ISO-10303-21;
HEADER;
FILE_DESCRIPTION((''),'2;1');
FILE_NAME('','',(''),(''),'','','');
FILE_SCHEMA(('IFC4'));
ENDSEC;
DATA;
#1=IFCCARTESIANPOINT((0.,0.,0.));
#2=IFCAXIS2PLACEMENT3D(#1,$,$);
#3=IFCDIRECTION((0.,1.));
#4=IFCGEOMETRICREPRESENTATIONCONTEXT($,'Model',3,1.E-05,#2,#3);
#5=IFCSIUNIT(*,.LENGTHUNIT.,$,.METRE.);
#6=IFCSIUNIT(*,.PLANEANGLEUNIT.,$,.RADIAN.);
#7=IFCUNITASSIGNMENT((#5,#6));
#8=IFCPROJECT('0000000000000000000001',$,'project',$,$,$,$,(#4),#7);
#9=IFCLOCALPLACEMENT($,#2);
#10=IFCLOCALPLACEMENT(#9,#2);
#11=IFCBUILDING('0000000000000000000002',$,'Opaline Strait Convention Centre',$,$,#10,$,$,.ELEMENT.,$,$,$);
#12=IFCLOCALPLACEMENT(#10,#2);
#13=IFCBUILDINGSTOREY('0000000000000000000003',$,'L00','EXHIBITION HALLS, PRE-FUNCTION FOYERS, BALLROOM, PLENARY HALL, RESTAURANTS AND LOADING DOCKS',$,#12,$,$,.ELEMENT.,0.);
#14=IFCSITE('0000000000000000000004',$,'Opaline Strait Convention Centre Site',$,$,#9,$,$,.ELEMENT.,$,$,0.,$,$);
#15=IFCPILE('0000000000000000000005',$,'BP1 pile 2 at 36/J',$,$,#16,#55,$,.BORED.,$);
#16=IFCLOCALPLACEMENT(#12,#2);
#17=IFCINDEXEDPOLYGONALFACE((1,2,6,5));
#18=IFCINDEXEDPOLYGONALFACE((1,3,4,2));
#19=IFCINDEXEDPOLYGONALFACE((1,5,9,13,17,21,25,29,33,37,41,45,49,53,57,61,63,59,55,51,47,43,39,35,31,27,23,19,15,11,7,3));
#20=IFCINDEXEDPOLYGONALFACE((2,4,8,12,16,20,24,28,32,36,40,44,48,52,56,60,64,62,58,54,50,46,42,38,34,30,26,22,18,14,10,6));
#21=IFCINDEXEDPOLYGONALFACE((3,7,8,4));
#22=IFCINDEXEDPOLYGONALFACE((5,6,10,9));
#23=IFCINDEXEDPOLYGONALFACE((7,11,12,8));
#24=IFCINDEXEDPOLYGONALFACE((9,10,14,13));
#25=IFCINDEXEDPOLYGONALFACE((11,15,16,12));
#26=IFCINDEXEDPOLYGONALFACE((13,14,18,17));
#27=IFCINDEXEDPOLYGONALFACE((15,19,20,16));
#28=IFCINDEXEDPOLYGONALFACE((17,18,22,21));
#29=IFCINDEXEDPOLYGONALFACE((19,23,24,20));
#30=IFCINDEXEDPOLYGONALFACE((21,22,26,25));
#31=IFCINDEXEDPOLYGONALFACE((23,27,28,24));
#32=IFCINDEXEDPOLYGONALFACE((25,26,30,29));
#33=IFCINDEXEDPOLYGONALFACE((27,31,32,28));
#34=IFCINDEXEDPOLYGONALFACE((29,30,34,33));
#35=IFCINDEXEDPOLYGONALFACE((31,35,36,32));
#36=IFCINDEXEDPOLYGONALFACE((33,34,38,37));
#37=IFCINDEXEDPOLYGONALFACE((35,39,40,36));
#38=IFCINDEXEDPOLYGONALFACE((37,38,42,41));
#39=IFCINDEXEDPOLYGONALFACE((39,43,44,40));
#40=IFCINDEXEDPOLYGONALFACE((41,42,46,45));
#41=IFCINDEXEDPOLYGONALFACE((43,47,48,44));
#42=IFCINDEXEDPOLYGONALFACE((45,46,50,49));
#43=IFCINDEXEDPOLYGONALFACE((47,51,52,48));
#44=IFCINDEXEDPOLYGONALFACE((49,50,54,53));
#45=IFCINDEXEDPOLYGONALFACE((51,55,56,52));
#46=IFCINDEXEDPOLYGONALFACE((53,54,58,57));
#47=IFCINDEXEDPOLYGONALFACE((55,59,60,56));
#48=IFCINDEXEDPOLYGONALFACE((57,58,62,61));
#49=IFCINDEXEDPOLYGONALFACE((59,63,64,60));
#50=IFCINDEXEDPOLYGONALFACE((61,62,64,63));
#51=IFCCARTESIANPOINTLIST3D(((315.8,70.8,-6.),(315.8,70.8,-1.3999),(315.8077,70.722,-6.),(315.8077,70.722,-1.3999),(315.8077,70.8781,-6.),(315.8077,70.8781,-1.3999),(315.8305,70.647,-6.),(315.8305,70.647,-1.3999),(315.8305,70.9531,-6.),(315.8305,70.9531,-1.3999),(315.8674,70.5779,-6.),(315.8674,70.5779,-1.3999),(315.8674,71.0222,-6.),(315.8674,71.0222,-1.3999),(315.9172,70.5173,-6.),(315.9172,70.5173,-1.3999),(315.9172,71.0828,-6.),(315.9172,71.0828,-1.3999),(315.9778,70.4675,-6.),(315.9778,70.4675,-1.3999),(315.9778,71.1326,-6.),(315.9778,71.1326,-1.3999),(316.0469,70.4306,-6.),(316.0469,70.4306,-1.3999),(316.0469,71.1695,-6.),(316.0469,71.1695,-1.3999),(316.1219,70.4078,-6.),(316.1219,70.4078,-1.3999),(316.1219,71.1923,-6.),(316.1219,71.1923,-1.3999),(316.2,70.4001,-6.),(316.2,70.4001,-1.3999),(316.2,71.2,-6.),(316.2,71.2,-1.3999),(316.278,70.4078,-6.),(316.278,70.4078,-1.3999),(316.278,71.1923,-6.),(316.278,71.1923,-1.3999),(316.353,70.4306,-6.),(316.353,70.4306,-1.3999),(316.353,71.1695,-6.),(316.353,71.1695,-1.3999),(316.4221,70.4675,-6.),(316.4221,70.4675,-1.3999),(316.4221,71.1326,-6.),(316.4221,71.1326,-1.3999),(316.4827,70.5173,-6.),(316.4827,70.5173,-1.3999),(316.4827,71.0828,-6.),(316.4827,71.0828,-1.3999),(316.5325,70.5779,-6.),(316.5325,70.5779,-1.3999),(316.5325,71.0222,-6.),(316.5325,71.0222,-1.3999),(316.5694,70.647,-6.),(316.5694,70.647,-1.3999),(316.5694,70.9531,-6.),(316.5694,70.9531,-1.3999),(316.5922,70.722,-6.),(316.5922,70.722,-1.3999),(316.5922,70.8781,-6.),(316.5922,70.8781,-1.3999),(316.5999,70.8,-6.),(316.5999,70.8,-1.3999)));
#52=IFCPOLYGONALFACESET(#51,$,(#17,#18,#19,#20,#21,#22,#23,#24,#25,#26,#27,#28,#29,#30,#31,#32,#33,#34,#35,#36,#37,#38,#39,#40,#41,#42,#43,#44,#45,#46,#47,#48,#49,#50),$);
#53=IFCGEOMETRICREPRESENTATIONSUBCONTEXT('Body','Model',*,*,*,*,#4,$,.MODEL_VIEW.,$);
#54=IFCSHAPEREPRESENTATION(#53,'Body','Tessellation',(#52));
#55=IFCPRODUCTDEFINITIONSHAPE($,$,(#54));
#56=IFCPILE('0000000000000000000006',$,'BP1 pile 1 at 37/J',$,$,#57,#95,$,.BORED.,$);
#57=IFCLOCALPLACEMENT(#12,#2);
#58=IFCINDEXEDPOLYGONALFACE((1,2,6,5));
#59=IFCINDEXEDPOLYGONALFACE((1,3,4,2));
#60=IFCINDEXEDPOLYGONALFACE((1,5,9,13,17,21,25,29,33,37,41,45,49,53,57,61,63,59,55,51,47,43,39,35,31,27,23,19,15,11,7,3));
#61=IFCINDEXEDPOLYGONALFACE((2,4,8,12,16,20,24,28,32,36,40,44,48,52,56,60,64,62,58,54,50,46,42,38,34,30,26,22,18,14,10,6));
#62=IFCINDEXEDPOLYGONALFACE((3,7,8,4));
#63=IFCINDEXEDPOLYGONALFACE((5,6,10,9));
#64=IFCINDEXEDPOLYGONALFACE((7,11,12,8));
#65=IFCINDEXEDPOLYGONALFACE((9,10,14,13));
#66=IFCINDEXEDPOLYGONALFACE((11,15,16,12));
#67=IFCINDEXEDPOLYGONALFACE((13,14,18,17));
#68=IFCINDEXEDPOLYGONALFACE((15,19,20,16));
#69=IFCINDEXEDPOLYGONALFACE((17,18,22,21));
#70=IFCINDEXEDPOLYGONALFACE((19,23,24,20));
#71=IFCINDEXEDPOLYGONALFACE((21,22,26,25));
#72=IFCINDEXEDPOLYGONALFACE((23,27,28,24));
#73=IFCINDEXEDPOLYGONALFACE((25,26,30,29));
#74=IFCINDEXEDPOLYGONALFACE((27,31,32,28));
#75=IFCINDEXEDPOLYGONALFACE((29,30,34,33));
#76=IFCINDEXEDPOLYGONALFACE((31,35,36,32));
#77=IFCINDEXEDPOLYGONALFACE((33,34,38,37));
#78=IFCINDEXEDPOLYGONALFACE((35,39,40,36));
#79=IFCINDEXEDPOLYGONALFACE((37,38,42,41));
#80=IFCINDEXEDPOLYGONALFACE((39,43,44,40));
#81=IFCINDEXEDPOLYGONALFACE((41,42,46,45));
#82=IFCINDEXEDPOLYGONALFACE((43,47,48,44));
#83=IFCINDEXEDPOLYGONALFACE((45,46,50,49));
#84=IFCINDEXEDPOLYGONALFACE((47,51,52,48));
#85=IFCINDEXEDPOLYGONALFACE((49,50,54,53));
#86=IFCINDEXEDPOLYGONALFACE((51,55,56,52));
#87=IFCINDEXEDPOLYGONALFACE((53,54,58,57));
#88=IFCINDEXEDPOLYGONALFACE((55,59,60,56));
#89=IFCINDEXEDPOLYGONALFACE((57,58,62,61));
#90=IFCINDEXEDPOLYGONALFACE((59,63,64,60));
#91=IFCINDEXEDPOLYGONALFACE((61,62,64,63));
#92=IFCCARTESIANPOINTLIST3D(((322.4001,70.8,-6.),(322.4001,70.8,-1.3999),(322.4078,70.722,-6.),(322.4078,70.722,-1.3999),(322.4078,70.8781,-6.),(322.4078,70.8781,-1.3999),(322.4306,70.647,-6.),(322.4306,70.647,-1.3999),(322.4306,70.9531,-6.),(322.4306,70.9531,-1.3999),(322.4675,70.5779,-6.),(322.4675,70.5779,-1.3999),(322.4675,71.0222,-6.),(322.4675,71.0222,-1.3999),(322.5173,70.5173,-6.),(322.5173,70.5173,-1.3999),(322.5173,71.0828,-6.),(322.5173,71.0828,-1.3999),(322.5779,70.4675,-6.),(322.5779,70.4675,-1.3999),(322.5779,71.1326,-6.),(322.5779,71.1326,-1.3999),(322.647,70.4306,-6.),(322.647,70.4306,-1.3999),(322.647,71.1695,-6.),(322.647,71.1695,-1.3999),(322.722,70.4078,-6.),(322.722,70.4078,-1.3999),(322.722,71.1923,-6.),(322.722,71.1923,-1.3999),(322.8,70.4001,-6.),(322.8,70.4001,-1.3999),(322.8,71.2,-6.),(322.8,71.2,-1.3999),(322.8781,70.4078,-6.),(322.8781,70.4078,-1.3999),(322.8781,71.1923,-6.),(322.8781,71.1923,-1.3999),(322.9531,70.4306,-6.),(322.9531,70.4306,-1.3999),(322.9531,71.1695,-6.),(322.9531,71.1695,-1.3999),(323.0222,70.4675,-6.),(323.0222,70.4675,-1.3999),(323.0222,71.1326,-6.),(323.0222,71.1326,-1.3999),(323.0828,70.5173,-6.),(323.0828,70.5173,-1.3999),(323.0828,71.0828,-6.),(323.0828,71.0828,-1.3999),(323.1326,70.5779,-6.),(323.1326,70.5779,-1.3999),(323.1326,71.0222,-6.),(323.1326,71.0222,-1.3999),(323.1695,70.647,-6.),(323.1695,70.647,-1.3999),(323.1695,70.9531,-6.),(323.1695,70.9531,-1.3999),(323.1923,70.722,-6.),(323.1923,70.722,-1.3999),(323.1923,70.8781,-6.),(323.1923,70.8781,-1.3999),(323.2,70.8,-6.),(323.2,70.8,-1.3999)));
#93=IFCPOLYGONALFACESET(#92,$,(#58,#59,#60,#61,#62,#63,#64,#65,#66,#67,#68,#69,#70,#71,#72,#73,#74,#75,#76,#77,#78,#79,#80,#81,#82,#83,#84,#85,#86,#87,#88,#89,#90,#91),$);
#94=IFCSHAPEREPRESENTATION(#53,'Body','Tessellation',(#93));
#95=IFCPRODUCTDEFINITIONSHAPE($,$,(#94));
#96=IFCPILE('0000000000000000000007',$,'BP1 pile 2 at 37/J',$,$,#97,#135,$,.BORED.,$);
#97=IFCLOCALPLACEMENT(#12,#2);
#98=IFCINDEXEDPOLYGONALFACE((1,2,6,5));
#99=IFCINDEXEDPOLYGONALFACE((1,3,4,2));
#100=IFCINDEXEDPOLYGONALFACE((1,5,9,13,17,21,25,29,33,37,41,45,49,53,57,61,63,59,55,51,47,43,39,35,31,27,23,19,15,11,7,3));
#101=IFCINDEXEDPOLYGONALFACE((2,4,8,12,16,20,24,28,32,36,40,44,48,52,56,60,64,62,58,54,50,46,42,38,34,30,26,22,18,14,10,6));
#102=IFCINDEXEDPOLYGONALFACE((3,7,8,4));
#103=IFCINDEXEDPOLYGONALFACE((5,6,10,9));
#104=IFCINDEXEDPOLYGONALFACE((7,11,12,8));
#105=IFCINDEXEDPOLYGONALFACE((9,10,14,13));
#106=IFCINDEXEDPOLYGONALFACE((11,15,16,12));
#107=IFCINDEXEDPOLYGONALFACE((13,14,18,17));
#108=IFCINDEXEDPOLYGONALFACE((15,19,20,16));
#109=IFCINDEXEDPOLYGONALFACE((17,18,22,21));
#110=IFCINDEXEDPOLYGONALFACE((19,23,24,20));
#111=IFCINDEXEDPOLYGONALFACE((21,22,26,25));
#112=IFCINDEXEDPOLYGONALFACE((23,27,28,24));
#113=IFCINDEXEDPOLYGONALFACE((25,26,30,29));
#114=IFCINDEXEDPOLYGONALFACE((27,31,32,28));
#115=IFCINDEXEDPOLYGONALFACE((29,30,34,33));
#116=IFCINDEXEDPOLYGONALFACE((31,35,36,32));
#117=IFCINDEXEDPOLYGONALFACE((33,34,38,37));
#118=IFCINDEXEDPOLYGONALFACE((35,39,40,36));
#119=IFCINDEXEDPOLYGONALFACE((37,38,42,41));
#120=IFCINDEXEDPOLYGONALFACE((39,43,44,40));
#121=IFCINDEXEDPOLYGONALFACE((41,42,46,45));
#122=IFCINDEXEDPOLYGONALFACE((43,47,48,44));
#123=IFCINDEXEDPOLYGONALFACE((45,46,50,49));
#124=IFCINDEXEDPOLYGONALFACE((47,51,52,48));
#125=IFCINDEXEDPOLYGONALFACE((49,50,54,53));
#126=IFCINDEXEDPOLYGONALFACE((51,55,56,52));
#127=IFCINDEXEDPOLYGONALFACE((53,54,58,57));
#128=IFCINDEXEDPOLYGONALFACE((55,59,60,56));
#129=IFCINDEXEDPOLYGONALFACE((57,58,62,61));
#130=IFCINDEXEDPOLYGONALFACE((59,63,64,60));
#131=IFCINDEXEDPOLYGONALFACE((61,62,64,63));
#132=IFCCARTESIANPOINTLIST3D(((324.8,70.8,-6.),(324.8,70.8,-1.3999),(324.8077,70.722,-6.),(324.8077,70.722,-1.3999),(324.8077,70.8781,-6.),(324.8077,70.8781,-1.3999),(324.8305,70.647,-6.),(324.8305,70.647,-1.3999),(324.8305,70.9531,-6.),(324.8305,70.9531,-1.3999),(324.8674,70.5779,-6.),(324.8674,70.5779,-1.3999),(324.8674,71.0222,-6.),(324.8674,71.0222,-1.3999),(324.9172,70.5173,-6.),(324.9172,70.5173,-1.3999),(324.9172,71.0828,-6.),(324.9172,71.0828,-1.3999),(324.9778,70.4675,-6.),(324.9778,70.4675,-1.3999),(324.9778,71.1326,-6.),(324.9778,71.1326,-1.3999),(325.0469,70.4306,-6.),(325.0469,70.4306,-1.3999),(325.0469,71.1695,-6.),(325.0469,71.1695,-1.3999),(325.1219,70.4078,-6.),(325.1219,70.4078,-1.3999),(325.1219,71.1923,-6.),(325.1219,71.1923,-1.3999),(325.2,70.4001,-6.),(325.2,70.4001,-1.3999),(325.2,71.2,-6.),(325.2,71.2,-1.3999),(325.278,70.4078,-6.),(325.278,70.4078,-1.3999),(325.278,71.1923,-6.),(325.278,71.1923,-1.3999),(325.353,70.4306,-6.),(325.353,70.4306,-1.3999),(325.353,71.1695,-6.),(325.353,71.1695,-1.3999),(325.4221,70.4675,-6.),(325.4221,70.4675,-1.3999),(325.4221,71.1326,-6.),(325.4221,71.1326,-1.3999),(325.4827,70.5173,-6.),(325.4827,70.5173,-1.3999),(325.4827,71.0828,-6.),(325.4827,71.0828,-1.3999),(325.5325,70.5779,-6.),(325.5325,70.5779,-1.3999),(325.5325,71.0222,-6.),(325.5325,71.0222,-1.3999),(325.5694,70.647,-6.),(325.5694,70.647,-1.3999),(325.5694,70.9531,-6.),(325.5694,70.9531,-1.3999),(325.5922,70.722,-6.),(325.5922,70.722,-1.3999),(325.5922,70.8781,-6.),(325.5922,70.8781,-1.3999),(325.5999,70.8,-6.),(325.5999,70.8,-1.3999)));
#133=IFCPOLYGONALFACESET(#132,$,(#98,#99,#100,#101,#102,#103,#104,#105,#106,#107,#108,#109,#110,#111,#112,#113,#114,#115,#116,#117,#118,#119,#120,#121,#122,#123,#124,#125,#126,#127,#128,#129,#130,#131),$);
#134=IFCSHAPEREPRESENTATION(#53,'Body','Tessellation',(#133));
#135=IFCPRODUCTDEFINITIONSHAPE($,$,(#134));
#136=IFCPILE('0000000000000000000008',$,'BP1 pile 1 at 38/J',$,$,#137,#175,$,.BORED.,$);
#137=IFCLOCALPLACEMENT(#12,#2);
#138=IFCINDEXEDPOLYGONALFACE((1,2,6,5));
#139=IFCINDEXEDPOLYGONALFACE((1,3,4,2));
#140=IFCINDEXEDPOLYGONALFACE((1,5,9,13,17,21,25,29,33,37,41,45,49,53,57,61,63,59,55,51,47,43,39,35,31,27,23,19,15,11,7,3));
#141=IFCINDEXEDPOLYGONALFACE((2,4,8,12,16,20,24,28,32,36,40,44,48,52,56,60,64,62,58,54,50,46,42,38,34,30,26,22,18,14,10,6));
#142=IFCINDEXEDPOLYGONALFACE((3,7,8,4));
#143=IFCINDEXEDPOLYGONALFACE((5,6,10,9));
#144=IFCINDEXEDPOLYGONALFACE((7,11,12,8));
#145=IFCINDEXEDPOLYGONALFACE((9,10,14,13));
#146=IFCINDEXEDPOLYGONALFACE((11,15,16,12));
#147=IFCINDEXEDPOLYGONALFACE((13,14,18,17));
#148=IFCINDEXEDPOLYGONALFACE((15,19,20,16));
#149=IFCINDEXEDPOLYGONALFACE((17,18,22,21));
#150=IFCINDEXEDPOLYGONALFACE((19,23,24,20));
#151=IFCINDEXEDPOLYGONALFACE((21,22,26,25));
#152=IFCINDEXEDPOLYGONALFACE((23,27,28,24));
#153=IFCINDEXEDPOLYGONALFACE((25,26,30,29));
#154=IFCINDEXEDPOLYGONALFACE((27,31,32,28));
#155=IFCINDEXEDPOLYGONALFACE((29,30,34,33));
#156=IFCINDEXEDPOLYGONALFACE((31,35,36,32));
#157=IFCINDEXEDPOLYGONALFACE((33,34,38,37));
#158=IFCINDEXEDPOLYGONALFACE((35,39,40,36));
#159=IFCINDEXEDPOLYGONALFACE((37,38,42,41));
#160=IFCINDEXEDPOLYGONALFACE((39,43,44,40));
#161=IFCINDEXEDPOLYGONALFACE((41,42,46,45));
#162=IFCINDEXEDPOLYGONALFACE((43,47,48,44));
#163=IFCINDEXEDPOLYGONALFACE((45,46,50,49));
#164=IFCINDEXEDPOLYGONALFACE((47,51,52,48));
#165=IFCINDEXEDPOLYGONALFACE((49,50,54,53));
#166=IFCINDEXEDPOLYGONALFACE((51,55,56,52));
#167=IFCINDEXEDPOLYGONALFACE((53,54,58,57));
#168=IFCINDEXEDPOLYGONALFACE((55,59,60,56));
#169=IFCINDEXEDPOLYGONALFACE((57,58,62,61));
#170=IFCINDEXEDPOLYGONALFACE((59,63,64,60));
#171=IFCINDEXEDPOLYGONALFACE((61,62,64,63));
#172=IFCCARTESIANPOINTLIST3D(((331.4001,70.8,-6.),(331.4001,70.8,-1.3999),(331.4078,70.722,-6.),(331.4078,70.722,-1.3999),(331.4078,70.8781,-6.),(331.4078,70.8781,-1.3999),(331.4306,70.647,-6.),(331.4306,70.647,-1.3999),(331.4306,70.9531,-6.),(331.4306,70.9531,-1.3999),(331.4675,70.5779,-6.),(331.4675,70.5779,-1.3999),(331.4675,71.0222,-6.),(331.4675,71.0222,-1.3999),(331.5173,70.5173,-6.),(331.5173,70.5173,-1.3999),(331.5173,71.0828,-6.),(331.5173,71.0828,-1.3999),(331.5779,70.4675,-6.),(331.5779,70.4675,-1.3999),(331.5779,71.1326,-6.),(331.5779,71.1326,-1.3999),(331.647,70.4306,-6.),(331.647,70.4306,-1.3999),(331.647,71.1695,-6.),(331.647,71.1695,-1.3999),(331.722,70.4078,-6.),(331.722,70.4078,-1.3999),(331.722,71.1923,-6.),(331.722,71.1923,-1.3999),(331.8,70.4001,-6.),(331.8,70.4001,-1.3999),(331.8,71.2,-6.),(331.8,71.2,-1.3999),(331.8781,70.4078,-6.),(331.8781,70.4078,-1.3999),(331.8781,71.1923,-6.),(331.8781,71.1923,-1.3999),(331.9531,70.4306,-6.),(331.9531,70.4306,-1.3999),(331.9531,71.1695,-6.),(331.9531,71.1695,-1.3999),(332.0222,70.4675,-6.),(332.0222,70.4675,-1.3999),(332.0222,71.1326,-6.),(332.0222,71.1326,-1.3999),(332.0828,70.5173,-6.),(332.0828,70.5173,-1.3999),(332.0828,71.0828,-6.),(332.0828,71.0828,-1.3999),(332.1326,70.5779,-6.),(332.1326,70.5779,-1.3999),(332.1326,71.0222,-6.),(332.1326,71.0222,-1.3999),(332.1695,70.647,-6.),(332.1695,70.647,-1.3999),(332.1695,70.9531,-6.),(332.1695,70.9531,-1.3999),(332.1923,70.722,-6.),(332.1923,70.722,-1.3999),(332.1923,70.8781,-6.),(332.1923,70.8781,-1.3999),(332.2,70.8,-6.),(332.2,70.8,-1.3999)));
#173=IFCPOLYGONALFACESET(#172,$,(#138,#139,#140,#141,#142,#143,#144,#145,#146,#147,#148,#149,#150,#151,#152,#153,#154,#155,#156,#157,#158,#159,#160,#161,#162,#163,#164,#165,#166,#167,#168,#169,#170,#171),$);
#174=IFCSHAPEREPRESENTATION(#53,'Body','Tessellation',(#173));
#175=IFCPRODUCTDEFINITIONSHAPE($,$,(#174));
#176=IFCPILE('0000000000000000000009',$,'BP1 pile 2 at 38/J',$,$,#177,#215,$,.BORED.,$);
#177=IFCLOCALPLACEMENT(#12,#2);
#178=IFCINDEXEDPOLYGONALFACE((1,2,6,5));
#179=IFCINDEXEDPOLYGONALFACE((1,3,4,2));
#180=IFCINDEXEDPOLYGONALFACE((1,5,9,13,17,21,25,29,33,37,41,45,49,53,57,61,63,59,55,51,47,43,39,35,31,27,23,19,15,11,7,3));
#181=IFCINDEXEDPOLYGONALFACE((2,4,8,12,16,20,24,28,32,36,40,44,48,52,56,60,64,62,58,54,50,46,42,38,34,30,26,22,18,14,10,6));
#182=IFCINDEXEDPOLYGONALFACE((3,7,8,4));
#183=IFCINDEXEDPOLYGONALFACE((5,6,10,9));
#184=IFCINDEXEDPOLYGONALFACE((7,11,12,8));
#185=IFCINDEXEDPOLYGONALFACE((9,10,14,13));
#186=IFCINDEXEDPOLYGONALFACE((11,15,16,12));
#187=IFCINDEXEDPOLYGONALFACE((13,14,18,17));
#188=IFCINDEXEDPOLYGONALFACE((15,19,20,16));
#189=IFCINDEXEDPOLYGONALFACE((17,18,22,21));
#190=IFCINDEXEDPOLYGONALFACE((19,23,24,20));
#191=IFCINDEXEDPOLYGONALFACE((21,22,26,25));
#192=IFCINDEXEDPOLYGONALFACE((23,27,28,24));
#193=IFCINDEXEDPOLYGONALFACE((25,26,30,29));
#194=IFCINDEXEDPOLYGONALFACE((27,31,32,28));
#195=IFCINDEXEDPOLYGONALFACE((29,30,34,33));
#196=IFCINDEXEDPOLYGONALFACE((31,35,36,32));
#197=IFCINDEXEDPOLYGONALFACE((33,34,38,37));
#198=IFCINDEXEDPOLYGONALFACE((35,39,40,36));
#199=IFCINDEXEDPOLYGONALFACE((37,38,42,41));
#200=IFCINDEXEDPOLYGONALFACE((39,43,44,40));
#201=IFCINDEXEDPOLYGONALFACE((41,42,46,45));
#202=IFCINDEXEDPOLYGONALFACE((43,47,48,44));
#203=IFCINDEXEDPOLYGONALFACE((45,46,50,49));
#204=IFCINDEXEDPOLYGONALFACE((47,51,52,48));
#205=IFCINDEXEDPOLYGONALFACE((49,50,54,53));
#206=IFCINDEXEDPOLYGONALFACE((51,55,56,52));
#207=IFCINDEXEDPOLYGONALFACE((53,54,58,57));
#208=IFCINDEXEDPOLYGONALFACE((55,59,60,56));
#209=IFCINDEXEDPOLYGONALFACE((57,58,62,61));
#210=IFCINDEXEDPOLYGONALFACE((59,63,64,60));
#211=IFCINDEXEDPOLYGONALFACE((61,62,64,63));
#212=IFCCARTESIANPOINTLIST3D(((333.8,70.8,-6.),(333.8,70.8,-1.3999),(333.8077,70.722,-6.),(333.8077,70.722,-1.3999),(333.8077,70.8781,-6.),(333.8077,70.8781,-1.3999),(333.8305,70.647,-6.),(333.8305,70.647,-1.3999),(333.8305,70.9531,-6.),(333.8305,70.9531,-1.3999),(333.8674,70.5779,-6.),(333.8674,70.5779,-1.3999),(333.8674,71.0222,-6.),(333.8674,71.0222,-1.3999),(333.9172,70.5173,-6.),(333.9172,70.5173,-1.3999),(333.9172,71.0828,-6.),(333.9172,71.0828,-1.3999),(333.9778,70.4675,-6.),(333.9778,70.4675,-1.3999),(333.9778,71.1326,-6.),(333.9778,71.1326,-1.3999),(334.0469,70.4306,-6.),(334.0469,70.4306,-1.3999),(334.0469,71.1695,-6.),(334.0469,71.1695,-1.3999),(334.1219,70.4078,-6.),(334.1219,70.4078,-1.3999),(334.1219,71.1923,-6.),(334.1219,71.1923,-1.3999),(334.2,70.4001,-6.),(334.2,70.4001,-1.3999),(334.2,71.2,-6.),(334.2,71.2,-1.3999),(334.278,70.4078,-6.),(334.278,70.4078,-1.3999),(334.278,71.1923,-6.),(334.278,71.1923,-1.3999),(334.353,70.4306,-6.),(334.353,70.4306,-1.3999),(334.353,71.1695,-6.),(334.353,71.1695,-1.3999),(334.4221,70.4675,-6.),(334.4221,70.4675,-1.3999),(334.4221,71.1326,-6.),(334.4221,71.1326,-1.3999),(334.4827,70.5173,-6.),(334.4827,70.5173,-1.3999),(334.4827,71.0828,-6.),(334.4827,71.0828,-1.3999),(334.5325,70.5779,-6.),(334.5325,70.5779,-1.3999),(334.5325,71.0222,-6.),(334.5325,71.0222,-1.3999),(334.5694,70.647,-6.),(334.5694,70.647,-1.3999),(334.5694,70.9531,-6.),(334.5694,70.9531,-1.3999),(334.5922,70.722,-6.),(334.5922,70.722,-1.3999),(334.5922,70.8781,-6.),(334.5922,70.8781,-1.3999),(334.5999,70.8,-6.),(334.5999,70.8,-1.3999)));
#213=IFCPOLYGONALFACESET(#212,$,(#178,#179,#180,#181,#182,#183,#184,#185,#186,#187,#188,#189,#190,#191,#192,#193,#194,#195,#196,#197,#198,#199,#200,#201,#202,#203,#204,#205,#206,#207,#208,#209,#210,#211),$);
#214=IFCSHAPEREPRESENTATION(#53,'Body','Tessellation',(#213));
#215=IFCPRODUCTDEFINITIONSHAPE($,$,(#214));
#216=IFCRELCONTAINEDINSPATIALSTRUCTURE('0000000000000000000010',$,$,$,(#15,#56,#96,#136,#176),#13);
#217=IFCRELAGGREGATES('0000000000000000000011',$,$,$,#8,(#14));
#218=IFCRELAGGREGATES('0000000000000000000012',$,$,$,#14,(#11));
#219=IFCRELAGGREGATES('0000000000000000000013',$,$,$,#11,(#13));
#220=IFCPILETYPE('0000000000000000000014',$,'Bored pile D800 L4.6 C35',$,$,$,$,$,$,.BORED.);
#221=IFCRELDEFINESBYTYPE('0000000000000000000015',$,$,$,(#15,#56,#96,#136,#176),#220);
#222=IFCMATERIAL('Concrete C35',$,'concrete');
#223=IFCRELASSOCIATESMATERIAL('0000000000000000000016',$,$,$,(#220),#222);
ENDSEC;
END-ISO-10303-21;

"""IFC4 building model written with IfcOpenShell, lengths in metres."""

from ifc_helpers import new_model, si_unit, direction, frame, origin, origin_2d, place, context, subcontext, project, spatial, circle, extrude, material, material_profile, profile_set, type_object, element, save


model = new_model("IFC4")

# Units and contexts
model_context = context("Model", 3, precision=1e-05, world=origin(), true_north=direction((0.0, 1.0)))
body_context = subcontext(model_context, "Body", "Model", "MODEL_VIEW")
ifc_project = project(units=[si_unit("LENGTHUNIT", "METRE"), si_unit("PLANEANGLEUNIT", "RADIAN")], contexts=[model_context])

# Site, building, storey
site_placement = place(None, origin())
site = spatial("IfcSite", under=ifc_project, at=site_placement, Name="Opaline Strait Convention Centre Site", CompositionType="ELEMENT", RefElevation=0.0)
building_placement = place(site_placement, origin())
building = spatial("IfcBuilding", under=site, at=building_placement, Name="Opaline Strait Convention Centre", CompositionType="ELEMENT")
storey_placement = place(building_placement, origin())
storey = spatial("IfcBuildingStorey", under=building, at=storey_placement, Name="L00", Description="EXHIBITION HALLS, PRE-FUNCTION FOYERS, BALLROOM, PLENARY HALL, RESTAURANTS AND LOADING DOCKS", CompositionType="ELEMENT", Elevation=0.0)

# Piles
ifc_material_1 = material(Name="Concrete C35", Category="concrete")
ifc_material_profile = material_profile(ifc_material_1, circle(Radius=0.3999, at=origin_2d()), Name="D800")
ifc_profile_set = profile_set([ifc_material_profile], Name="Concrete C35")
pile_type = type_object("IfcPileType", Name="Bored pile D800 L4.6 C35", PredefinedType="BORED", material=ifc_profile_set)
for number, where, z_axis, x_axis, name in (
    (1, (316.2, 70.8, -1.3999), (0.0, 0.0, -1.0), (1.0, 0.0, 0.0), "BP1 pile 2 at 36/J"),
    (2, (322.8, 70.8, -1.3999), (0.0, 0.0, -1.0), (1.0, 0.0, 0.0), "BP1 pile 1 at 37/J"),
    (3, (325.2, 70.8, -1.3999), (0.0, 0.0, -1.0), (1.0, 0.0, 0.0), "BP1 pile 2 at 37/J"),
    (4, (331.8, 70.8, -1.3999), (0.0, 0.0, -1.0), (1.0, 0.0, 0.0), "BP1 pile 1 at 38/J"),
    (5, (334.2, 70.8, -1.3999), (0.0, 0.0, -1.0), (1.0, 0.0, 0.0), "BP1 pile 2 at 38/J"),
):
    element("IfcPile", number, at=place(storey_placement, frame(where, z_axis=z_axis, x_axis=x_axis)), inside=storey, type_object=pile_type, Name=name, PredefinedType="BORED", context=body_context, shape_type="SweptSolid", body=[
        extrude(circle(Radius=0.3999, at=origin_2d()), origin(), (0.0, 0.0, 1.0), 4.6001),
    ])

save(model, "model.ifc")
